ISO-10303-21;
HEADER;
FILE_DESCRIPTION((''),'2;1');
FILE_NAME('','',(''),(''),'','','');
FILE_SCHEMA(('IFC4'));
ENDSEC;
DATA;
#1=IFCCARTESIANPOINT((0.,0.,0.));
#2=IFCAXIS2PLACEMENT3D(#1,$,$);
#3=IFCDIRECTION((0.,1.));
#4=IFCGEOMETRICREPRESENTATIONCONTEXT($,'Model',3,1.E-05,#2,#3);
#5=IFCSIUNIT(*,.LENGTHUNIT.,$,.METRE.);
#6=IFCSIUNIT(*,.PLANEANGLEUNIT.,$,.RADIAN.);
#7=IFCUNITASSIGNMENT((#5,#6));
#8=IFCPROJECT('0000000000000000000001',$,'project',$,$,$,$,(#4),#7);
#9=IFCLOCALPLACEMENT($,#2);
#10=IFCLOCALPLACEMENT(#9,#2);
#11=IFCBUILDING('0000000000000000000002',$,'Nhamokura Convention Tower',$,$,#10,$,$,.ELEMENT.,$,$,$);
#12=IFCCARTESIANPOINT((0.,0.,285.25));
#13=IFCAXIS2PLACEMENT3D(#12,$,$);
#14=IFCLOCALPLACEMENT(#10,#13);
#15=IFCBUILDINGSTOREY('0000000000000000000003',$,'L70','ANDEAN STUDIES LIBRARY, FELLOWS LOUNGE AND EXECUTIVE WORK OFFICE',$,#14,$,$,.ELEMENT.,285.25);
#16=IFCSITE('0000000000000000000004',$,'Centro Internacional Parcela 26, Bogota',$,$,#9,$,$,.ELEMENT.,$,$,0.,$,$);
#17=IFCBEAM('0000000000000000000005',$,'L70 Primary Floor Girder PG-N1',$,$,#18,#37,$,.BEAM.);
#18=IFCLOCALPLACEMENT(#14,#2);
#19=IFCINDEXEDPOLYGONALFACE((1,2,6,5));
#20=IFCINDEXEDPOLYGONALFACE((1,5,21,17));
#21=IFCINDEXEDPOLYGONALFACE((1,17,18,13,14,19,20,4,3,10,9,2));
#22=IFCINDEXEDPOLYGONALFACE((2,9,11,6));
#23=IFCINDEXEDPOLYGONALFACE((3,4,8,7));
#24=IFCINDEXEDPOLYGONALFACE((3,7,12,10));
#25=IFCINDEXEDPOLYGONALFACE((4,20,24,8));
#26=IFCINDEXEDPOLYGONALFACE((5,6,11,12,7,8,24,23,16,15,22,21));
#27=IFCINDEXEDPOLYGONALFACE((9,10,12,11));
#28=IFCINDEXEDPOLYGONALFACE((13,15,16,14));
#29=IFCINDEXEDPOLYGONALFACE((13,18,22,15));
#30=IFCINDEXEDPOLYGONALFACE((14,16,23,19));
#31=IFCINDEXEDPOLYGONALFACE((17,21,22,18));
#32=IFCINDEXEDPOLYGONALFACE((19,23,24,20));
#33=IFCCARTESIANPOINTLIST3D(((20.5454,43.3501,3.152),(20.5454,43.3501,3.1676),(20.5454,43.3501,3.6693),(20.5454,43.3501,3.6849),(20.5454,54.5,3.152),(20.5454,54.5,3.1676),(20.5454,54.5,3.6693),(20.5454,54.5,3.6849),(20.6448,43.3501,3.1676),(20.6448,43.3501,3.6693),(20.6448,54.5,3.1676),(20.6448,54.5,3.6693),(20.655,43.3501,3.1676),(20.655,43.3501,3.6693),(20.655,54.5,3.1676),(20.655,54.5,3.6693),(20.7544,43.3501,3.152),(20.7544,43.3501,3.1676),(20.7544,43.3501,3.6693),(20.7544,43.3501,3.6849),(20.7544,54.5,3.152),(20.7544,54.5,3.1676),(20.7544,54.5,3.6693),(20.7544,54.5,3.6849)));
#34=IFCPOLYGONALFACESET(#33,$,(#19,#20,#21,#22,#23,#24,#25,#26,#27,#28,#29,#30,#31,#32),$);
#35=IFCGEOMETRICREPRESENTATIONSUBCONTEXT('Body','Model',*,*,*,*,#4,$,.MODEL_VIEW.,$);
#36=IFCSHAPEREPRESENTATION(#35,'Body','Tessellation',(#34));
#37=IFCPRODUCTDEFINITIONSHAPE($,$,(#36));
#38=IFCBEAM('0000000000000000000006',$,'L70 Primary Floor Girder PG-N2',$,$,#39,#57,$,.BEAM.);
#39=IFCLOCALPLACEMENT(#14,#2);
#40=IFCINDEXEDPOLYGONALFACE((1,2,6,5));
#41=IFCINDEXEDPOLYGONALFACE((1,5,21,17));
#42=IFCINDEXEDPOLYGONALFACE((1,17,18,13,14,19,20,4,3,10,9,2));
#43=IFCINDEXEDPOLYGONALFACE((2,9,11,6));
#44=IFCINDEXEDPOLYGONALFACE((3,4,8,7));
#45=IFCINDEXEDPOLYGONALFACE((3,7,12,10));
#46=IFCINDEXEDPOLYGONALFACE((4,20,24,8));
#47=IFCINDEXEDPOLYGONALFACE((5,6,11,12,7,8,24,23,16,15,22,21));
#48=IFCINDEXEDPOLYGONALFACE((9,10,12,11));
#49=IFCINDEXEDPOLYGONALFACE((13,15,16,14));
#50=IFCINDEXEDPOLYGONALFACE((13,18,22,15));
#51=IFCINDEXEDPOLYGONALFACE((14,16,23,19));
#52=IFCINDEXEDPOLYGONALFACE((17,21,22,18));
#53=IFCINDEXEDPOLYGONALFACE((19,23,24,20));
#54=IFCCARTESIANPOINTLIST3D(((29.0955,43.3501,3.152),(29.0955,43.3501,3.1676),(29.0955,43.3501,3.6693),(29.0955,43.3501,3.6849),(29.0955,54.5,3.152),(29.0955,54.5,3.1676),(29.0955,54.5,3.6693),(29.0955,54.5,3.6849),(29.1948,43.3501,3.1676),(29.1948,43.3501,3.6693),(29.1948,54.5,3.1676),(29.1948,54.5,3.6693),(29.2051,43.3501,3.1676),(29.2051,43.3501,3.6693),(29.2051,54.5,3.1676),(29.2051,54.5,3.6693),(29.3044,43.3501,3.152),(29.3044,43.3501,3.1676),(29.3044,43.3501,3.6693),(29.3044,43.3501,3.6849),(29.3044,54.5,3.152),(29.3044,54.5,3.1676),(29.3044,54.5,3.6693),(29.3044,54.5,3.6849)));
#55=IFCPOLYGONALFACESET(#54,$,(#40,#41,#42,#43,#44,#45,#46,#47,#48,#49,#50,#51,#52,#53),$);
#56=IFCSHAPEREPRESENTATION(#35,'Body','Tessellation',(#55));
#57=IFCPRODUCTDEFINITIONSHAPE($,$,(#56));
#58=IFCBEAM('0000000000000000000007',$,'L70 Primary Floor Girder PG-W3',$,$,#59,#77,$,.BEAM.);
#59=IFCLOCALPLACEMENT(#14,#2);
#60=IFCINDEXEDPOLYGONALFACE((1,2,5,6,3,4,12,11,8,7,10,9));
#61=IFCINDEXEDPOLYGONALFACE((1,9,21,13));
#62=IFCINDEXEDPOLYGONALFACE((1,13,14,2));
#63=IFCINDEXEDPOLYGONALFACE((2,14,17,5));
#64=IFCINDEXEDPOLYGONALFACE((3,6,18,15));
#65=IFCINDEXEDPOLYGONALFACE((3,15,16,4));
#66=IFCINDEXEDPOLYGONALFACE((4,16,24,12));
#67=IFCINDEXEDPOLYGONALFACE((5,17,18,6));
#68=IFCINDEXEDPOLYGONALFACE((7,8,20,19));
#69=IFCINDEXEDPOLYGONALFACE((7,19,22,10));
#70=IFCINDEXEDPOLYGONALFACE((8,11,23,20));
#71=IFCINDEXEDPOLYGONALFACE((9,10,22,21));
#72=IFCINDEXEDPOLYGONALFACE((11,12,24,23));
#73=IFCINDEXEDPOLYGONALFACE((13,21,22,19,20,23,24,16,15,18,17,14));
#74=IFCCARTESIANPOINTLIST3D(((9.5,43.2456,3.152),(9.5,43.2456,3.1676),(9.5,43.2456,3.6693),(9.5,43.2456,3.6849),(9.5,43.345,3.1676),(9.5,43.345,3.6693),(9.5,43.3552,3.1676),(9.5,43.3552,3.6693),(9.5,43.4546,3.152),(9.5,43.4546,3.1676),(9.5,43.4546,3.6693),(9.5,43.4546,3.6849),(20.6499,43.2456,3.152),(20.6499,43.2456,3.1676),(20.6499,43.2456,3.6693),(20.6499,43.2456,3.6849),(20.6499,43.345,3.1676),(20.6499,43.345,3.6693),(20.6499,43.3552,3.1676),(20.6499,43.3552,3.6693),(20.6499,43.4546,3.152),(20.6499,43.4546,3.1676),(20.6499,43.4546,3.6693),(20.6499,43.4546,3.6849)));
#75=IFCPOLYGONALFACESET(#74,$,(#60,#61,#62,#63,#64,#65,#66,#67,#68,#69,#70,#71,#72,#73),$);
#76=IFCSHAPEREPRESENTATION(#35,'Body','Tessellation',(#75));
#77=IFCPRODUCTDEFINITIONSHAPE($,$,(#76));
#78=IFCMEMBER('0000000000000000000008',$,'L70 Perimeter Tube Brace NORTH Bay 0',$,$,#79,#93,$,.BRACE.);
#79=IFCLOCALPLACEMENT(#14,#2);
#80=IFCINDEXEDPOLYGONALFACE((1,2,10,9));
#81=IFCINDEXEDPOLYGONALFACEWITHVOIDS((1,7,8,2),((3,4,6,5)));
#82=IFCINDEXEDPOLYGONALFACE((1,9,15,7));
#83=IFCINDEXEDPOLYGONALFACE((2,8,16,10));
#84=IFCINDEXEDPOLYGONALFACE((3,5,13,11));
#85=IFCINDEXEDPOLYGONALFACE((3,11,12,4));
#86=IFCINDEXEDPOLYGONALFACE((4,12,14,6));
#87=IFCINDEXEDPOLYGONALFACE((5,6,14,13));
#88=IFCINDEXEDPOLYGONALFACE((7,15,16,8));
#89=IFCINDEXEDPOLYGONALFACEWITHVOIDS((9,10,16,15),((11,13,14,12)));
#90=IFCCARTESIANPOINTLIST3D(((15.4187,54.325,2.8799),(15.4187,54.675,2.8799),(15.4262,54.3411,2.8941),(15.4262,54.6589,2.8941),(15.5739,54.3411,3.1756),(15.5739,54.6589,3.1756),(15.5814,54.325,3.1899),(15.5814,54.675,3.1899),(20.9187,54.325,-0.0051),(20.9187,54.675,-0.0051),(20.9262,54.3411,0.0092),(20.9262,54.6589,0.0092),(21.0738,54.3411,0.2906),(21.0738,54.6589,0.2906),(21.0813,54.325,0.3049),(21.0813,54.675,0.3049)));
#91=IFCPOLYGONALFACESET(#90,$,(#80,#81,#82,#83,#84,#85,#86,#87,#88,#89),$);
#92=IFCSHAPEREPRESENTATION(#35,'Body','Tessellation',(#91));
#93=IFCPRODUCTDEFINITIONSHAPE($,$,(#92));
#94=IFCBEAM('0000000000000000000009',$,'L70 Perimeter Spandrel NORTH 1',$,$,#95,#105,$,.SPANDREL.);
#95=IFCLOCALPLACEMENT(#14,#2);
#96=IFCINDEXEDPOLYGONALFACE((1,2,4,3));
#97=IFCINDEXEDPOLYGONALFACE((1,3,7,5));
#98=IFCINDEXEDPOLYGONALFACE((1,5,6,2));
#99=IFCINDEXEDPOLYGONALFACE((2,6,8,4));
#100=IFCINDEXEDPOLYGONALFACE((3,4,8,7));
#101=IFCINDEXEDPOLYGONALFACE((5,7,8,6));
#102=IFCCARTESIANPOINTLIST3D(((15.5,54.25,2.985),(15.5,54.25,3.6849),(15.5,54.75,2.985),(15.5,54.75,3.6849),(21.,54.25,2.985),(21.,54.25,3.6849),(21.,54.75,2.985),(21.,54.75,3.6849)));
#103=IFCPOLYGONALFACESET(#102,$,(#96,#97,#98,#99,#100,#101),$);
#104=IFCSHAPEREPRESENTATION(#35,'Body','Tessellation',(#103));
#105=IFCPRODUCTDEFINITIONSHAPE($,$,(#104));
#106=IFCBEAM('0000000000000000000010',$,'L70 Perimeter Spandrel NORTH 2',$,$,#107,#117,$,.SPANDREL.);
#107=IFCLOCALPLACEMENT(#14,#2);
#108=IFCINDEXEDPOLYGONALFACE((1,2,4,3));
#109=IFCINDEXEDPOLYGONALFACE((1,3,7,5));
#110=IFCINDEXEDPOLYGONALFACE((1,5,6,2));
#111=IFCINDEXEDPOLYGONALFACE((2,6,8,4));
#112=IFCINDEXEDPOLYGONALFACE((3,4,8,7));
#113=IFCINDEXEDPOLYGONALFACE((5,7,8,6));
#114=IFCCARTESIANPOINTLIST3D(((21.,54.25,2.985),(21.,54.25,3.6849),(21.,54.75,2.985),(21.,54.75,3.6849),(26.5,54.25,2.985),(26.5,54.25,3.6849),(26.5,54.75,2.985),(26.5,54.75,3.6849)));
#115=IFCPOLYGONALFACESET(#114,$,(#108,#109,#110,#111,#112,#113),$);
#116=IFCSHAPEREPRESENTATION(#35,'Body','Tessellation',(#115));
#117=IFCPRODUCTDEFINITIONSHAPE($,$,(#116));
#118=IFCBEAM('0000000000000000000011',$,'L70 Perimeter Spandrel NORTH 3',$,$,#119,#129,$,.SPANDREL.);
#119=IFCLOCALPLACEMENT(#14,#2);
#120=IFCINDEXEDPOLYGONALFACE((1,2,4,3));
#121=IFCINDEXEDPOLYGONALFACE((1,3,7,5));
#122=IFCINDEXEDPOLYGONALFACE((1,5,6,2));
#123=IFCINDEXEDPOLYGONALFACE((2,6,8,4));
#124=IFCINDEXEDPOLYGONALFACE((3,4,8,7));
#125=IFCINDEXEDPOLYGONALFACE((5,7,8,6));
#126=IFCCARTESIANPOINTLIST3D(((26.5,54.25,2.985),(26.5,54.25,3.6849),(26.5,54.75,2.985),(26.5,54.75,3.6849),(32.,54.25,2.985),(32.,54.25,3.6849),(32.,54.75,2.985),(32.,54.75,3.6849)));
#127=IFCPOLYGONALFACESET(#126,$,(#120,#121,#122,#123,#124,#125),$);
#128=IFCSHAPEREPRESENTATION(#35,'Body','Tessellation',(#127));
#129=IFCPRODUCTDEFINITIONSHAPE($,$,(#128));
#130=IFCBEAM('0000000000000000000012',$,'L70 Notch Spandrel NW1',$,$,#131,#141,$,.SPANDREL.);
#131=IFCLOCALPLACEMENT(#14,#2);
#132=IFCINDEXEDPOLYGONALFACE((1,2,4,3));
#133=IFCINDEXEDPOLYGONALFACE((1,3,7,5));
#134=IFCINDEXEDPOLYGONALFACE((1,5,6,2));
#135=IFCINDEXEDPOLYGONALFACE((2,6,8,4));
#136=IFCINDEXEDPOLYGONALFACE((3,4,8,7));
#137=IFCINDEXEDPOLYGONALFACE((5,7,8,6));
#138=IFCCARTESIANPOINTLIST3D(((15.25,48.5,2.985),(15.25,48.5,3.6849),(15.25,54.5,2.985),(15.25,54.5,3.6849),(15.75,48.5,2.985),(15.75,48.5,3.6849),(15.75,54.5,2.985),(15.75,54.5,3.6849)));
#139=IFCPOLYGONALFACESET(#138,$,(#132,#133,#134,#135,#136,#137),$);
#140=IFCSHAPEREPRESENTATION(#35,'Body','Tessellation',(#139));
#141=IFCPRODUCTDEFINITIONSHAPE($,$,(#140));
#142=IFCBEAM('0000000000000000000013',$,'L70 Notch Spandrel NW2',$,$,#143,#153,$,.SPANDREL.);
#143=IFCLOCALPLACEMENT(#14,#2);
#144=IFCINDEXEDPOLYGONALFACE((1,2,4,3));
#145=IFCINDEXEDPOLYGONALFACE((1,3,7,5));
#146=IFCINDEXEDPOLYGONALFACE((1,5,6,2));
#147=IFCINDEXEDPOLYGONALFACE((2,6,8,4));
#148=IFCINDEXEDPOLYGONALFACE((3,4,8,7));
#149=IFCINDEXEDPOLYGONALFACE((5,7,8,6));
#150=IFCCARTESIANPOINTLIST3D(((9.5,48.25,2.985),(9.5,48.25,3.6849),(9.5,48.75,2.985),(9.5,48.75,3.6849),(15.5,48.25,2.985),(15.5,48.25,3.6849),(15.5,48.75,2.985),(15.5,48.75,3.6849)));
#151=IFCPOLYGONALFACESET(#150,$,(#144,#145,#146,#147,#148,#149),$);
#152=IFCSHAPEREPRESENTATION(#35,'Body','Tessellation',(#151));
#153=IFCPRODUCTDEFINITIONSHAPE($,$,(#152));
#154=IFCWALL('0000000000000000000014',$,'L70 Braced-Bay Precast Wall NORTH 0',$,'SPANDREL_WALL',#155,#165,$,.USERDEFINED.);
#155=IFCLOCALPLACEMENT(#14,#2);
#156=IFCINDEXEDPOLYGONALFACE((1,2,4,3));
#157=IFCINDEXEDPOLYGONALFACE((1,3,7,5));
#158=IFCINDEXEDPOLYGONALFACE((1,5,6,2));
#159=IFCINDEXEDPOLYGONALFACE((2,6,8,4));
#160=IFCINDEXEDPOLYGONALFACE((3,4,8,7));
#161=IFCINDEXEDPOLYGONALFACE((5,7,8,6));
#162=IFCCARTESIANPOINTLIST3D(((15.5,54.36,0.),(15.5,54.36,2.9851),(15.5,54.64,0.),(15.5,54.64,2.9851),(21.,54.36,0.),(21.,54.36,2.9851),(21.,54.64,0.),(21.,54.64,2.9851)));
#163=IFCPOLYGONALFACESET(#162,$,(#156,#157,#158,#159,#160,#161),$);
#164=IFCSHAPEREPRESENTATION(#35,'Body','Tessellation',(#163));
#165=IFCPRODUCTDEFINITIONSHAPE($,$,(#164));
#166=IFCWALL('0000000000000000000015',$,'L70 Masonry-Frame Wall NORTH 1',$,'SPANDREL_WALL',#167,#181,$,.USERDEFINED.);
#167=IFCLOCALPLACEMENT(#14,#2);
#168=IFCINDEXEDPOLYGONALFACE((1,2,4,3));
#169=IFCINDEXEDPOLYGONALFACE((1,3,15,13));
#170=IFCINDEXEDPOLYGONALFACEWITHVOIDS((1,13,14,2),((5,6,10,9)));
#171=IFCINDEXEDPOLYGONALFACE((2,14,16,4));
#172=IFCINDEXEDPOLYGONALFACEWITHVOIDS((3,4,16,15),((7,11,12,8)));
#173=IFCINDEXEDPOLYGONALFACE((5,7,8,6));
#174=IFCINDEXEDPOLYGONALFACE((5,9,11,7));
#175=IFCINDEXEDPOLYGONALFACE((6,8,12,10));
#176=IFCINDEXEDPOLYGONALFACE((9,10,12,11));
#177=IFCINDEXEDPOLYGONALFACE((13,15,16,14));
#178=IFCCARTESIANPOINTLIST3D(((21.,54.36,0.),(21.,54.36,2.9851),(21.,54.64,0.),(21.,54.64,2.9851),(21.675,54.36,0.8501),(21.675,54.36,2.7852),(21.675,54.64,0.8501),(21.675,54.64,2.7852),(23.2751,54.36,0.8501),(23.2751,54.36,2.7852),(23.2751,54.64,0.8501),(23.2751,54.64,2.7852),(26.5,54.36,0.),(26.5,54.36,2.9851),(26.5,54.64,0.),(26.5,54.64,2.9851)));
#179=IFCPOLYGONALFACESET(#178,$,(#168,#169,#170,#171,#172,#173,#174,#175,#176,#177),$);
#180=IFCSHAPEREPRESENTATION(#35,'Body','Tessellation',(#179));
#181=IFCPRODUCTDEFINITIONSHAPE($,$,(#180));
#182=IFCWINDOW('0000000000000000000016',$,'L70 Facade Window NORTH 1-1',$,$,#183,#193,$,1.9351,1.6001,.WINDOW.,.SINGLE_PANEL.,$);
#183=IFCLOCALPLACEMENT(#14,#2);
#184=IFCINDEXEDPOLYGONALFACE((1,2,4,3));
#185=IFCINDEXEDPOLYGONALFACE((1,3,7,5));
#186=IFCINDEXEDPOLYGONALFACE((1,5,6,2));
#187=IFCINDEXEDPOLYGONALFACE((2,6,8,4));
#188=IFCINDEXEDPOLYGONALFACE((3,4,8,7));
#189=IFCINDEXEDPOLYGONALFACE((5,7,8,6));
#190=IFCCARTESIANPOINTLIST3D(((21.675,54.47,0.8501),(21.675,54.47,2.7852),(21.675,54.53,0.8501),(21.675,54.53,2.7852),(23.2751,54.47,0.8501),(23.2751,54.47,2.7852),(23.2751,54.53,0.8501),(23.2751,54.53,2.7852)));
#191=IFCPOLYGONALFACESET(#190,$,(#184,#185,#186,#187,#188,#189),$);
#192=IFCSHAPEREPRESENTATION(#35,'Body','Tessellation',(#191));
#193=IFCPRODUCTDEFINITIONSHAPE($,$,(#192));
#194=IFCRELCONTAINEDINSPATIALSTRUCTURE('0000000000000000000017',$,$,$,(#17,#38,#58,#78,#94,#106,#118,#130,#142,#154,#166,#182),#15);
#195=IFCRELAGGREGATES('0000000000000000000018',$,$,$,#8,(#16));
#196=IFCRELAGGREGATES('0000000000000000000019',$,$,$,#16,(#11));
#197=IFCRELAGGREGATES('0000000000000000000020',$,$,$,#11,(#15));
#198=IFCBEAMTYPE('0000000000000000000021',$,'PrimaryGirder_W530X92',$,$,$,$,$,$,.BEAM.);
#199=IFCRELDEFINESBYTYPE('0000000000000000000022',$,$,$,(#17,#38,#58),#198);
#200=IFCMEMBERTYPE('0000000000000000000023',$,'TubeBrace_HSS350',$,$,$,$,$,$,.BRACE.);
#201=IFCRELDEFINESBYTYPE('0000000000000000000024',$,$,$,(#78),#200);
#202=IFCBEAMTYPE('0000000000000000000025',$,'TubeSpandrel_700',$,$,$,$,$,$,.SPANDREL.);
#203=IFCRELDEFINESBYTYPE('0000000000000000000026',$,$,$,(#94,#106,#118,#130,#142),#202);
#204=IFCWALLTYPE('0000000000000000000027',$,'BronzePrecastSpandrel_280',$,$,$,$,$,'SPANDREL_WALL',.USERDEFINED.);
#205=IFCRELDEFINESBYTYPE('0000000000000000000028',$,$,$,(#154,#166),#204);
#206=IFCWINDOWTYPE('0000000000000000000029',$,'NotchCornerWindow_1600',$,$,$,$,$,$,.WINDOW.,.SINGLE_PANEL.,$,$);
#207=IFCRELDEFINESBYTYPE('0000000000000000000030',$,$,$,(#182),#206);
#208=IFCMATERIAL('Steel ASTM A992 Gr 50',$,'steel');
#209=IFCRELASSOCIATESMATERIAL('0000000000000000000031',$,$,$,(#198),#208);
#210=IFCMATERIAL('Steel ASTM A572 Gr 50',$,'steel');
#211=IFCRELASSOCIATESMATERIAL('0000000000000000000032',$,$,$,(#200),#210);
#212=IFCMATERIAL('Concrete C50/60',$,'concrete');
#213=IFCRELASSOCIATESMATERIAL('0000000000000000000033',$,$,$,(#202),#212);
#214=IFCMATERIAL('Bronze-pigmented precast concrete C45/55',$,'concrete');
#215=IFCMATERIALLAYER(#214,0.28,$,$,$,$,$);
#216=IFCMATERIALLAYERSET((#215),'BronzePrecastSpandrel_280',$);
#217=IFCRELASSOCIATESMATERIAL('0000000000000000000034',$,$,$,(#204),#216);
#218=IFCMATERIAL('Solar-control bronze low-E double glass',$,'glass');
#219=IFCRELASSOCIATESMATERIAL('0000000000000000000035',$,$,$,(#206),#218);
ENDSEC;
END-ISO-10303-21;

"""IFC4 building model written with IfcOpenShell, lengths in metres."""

from ifc_helpers import new_model, si_unit, direction, frame, frame_2d, origin, origin_2d, place, context, subcontext, project, spatial, rectangle, hollow_rectangle, i_section, extrude, material, layer, layer_set, material_profile, profile_set, type_object, element, fill, save


model = new_model("IFC4")

# Units and contexts
model_context = context("Model", 3, precision=1e-05, world=origin(), true_north=direction((0.0, 1.0)))
body_context = subcontext(model_context, "Body", "Model", "MODEL_VIEW")
ifc_project = project(units=[si_unit("LENGTHUNIT", "METRE"), si_unit("PLANEANGLEUNIT", "RADIAN")], contexts=[model_context])

# Site, building, storey
site_placement = place(None, origin())
site = spatial("IfcSite", under=ifc_project, at=site_placement, Name="Centro Internacional Parcela 26, Bogota", CompositionType="ELEMENT", RefElevation=0.0)
building_placement = place(site_placement, origin())
building = spatial("IfcBuilding", under=site, at=building_placement, Name="Nhamokura Convention Tower", CompositionType="ELEMENT")
storey_placement = place(building_placement, frame((0.0, 0.0, 285.25)))
storey = spatial("IfcBuildingStorey", under=building, at=storey_placement, Name="L70", Description="ANDEAN STUDIES LIBRARY, FELLOWS LOUNGE AND EXECUTIVE WORK OFFICE", CompositionType="ELEMENT", Elevation=285.25)

# Beams
ifc_material_1 = material(Name="Steel ASTM A992 Gr 50", Category="steel")
ifc_material_profile_1 = material_profile(ifc_material_1, i_section(OverallWidth=0.209, OverallDepth=0.533, WebThickness=0.0103, FlangeThickness=0.0156, at=origin_2d()))
ifc_profile_set_1 = profile_set([ifc_material_profile_1], Name="Steel ASTM A992 Gr 50")
beam_type_1 = type_object("IfcBeamType", Name="PrimaryGirder_W530X92", PredefinedType="BEAM", material=ifc_profile_set_1)
for number, where, z_axis, x_axis, name in (
    (1, (20.6499, 43.3501, 3.4185), (0.0, 1.0, 0.0), (-1.0, 0.0, 0.0), "L70 Primary Floor Girder PG-N1"),
    (2, (29.2, 43.3501, 3.4185), (0.0, 1.0, 0.0), (-1.0, 0.0, 0.0), "L70 Primary Floor Girder PG-N2"),
    (3, (9.5, 43.3501, 3.4185), (1.0, 0.0, 0.0), (0.0, 1.0, 0.0), "L70 Primary Floor Girder PG-W3"),
):
    element("IfcBeam", number, at=place(storey_placement, frame(where, z_axis=z_axis, x_axis=x_axis)), inside=storey, type_object=beam_type_1, Name=name, PredefinedType="BEAM", context=body_context, shape_type="SweptSolid", body=[
        extrude(i_section(OverallWidth=0.209, OverallDepth=0.533, WebThickness=0.0103, FlangeThickness=0.0156, at=origin_2d()), origin(), (0.0, 0.0, 1.0), 11.1499),
    ])

# Member
ifc_material_2 = material(Name="Steel ASTM A572 Gr 50", Category="steel")
ifc_material_profile_2 = material_profile(ifc_material_2, hollow_rectangle(XDim=0.3501, YDim=0.3501, WallThickness=0.0161, at=origin_2d()))
ifc_profile_set_2 = profile_set([ifc_material_profile_2], Name="Steel ASTM A572 Gr 50")
member_type_1 = type_object("IfcMemberType", Name="TubeBrace_HSS350", PredefinedType="BRACE", material=ifc_profile_set_2)
member_1_placement = place(storey_placement, frame((21.0, 54.5, 0.1499), z_axis=(-0.885563, 0.0, 0.46452), x_axis=(0.0, -1.0, 0.0)))
element("IfcMember", 4, at=member_1_placement, inside=storey, type_object=member_type_1, Name="L70 Perimeter Tube Brace NORTH Bay 0", PredefinedType="BRACE", context=body_context, shape_type="SweptSolid", body=[
    extrude(hollow_rectangle(XDim=0.3501, YDim=0.3501, WallThickness=0.0161, at=origin_2d()), origin(), (0.0, 0.0, 1.0), 6.2107),
])

# Beams
ifc_material_3 = material(Name="Concrete C50/60", Category="concrete")
ifc_material_profile_3 = material_profile(ifc_material_3, rectangle(XDim=0.5, YDim=0.7, at=origin_2d()))
ifc_profile_set_3 = profile_set([ifc_material_profile_3], Name="Concrete C50/60")
beam_type_2 = type_object("IfcBeamType", Name="TubeSpandrel_700", PredefinedType="SPANDREL", material=ifc_profile_set_3)
for number, where, z_axis, x_axis, name in (
    (5, (15.5, 54.5, 3.335), (1.0, 0.0, 0.0), (0.0, 1.0, 0.0), "L70 Perimeter Spandrel NORTH 1"),
    (6, (21.0, 54.5, 3.335), (1.0, 0.0, 0.0), (0.0, 1.0, 0.0), "L70 Perimeter Spandrel NORTH 2"),
    (7, (26.5, 54.5, 3.335), (1.0, 0.0, 0.0), (0.0, 1.0, 0.0), "L70 Perimeter Spandrel NORTH 3"),
):
    element("IfcBeam", number, at=place(storey_placement, frame(where, z_axis=z_axis, x_axis=x_axis)), inside=storey, type_object=beam_type_2, Name=name, PredefinedType="SPANDREL", context=body_context, shape_type="SweptSolid", body=[
        extrude(rectangle(XDim=0.5, YDim=0.7, at=origin_2d()), origin(), (0.0, 0.0, 1.0), 5.5),
    ])
for number, where, z_axis, x_axis, name in (
    (8, (15.5, 54.5, 3.335), (0.0, -1.0, 0.0), (1.0, 0.0, 0.0), "L70 Notch Spandrel NW1"),
    (9, (15.5, 48.5, 3.335), (-1.0, 0.0, 0.0), (0.0, -1.0, 0.0), "L70 Notch Spandrel NW2"),
):
    element("IfcBeam", number, at=place(storey_placement, frame(where, z_axis=z_axis, x_axis=x_axis)), inside=storey, type_object=beam_type_2, Name=name, PredefinedType="SPANDREL", context=body_context, shape_type="SweptSolid", body=[
        extrude(rectangle(XDim=0.5, YDim=0.7, at=origin_2d()), origin(), (0.0, 0.0, 1.0), 6.0),
    ])

# Wall
ifc_material_4 = material(Name="Bronze-pigmented precast concrete C45/55", Category="concrete")
ifc_layer_1 = layer(ifc_material_4, 0.28)
ifc_layer_set_1 = layer_set([ifc_layer_1], Name="BronzePrecastSpandrel_280")
wall_type_1 = type_object("IfcWallType", Name="BronzePrecastSpandrel_280", ElementType="SPANDREL_WALL", PredefinedType="USERDEFINED", material=ifc_layer_set_1)
wall_1_placement = place(storey_placement, frame((15.5, 54.5, 0.0), z_axis=(0.0, 0.0, 1.0), x_axis=(1.0, 0.0, 0.0)))
element("IfcWall", 10, at=wall_1_placement, inside=storey, type_object=wall_type_1, Name="L70 Braced-Bay Precast Wall NORTH 0", ObjectType="SPANDREL_WALL", PredefinedType="USERDEFINED", context=body_context, shape_type="SweptSolid", body=[
    extrude(rectangle(XDim=5.5, YDim=0.28, at=frame_2d((2.75, 0.0))), origin(), (0.0, 0.0, 1.0), 2.9851),
])

# Wall, opening, window
wall_2_placement = place(storey_placement, frame((21.0, 54.5, 0.0), z_axis=(0.0, 0.0, 1.0), x_axis=(1.0, 0.0, 0.0)))
wall_2 = element("IfcWall", 11, at=wall_2_placement, inside=storey, type_object=wall_type_1, Name="L70 Masonry-Frame Wall NORTH 1", ObjectType="SPANDREL_WALL", PredefinedType="USERDEFINED", context=body_context, shape_type="SweptSolid", body=[
    extrude(rectangle(XDim=5.5, YDim=0.28, at=frame_2d((2.75, 0.0))), origin(), (0.0, 0.0, 1.0), 2.9851),
])
opening_1_placement = place(wall_2_placement, frame((0.675, 0.0, 0.8501)))
opening_1 = element("IfcOpeningElement", 12, at=opening_1_placement, cuts=wall_2, PredefinedType="OPENING", context=body_context, shape_type="SweptSolid", body=[
    extrude(rectangle(XDim=1.6001, YDim=1.9351, at=frame_2d((0.8, 0.9675))), frame((0.0, 0.1499, 0.0), z_axis=(0.0, -1.0, 0.0), x_axis=(1.0, 0.0, 0.0)), (0.0, 0.0, 1.0), 0.3),
])
ifc_material_5 = material(Name="Solar-control bronze low-E double glass", Category="glass")
window_type_1 = type_object("IfcWindowType", Name="NotchCornerWindow_1600", PartitioningType="SINGLE_PANEL", PredefinedType="WINDOW", material=ifc_material_5)
window_1_placement = place(opening_1_placement, origin())
window_1 = element("IfcWindow", 13, at=window_1_placement, inside=storey, type_object=window_type_1, Name="L70 Facade Window NORTH 1-1", OverallHeight=1.9351, OverallWidth=1.6001, PartitioningType="SINGLE_PANEL", PredefinedType="WINDOW", context=body_context, shape_type="SweptSolid", body=[
    extrude(rectangle(XDim=1.6001, YDim=1.9351, at=frame_2d((0.8, 0.9675))), frame((0.0, 0.03, 0.0), z_axis=(0.0, -1.0, 0.0), x_axis=(1.0, 0.0, 0.0)), (0.0, 0.0, 1.0), 0.0601),
])
fill(opening_1, window_1)

save(model, "model.ifc")
